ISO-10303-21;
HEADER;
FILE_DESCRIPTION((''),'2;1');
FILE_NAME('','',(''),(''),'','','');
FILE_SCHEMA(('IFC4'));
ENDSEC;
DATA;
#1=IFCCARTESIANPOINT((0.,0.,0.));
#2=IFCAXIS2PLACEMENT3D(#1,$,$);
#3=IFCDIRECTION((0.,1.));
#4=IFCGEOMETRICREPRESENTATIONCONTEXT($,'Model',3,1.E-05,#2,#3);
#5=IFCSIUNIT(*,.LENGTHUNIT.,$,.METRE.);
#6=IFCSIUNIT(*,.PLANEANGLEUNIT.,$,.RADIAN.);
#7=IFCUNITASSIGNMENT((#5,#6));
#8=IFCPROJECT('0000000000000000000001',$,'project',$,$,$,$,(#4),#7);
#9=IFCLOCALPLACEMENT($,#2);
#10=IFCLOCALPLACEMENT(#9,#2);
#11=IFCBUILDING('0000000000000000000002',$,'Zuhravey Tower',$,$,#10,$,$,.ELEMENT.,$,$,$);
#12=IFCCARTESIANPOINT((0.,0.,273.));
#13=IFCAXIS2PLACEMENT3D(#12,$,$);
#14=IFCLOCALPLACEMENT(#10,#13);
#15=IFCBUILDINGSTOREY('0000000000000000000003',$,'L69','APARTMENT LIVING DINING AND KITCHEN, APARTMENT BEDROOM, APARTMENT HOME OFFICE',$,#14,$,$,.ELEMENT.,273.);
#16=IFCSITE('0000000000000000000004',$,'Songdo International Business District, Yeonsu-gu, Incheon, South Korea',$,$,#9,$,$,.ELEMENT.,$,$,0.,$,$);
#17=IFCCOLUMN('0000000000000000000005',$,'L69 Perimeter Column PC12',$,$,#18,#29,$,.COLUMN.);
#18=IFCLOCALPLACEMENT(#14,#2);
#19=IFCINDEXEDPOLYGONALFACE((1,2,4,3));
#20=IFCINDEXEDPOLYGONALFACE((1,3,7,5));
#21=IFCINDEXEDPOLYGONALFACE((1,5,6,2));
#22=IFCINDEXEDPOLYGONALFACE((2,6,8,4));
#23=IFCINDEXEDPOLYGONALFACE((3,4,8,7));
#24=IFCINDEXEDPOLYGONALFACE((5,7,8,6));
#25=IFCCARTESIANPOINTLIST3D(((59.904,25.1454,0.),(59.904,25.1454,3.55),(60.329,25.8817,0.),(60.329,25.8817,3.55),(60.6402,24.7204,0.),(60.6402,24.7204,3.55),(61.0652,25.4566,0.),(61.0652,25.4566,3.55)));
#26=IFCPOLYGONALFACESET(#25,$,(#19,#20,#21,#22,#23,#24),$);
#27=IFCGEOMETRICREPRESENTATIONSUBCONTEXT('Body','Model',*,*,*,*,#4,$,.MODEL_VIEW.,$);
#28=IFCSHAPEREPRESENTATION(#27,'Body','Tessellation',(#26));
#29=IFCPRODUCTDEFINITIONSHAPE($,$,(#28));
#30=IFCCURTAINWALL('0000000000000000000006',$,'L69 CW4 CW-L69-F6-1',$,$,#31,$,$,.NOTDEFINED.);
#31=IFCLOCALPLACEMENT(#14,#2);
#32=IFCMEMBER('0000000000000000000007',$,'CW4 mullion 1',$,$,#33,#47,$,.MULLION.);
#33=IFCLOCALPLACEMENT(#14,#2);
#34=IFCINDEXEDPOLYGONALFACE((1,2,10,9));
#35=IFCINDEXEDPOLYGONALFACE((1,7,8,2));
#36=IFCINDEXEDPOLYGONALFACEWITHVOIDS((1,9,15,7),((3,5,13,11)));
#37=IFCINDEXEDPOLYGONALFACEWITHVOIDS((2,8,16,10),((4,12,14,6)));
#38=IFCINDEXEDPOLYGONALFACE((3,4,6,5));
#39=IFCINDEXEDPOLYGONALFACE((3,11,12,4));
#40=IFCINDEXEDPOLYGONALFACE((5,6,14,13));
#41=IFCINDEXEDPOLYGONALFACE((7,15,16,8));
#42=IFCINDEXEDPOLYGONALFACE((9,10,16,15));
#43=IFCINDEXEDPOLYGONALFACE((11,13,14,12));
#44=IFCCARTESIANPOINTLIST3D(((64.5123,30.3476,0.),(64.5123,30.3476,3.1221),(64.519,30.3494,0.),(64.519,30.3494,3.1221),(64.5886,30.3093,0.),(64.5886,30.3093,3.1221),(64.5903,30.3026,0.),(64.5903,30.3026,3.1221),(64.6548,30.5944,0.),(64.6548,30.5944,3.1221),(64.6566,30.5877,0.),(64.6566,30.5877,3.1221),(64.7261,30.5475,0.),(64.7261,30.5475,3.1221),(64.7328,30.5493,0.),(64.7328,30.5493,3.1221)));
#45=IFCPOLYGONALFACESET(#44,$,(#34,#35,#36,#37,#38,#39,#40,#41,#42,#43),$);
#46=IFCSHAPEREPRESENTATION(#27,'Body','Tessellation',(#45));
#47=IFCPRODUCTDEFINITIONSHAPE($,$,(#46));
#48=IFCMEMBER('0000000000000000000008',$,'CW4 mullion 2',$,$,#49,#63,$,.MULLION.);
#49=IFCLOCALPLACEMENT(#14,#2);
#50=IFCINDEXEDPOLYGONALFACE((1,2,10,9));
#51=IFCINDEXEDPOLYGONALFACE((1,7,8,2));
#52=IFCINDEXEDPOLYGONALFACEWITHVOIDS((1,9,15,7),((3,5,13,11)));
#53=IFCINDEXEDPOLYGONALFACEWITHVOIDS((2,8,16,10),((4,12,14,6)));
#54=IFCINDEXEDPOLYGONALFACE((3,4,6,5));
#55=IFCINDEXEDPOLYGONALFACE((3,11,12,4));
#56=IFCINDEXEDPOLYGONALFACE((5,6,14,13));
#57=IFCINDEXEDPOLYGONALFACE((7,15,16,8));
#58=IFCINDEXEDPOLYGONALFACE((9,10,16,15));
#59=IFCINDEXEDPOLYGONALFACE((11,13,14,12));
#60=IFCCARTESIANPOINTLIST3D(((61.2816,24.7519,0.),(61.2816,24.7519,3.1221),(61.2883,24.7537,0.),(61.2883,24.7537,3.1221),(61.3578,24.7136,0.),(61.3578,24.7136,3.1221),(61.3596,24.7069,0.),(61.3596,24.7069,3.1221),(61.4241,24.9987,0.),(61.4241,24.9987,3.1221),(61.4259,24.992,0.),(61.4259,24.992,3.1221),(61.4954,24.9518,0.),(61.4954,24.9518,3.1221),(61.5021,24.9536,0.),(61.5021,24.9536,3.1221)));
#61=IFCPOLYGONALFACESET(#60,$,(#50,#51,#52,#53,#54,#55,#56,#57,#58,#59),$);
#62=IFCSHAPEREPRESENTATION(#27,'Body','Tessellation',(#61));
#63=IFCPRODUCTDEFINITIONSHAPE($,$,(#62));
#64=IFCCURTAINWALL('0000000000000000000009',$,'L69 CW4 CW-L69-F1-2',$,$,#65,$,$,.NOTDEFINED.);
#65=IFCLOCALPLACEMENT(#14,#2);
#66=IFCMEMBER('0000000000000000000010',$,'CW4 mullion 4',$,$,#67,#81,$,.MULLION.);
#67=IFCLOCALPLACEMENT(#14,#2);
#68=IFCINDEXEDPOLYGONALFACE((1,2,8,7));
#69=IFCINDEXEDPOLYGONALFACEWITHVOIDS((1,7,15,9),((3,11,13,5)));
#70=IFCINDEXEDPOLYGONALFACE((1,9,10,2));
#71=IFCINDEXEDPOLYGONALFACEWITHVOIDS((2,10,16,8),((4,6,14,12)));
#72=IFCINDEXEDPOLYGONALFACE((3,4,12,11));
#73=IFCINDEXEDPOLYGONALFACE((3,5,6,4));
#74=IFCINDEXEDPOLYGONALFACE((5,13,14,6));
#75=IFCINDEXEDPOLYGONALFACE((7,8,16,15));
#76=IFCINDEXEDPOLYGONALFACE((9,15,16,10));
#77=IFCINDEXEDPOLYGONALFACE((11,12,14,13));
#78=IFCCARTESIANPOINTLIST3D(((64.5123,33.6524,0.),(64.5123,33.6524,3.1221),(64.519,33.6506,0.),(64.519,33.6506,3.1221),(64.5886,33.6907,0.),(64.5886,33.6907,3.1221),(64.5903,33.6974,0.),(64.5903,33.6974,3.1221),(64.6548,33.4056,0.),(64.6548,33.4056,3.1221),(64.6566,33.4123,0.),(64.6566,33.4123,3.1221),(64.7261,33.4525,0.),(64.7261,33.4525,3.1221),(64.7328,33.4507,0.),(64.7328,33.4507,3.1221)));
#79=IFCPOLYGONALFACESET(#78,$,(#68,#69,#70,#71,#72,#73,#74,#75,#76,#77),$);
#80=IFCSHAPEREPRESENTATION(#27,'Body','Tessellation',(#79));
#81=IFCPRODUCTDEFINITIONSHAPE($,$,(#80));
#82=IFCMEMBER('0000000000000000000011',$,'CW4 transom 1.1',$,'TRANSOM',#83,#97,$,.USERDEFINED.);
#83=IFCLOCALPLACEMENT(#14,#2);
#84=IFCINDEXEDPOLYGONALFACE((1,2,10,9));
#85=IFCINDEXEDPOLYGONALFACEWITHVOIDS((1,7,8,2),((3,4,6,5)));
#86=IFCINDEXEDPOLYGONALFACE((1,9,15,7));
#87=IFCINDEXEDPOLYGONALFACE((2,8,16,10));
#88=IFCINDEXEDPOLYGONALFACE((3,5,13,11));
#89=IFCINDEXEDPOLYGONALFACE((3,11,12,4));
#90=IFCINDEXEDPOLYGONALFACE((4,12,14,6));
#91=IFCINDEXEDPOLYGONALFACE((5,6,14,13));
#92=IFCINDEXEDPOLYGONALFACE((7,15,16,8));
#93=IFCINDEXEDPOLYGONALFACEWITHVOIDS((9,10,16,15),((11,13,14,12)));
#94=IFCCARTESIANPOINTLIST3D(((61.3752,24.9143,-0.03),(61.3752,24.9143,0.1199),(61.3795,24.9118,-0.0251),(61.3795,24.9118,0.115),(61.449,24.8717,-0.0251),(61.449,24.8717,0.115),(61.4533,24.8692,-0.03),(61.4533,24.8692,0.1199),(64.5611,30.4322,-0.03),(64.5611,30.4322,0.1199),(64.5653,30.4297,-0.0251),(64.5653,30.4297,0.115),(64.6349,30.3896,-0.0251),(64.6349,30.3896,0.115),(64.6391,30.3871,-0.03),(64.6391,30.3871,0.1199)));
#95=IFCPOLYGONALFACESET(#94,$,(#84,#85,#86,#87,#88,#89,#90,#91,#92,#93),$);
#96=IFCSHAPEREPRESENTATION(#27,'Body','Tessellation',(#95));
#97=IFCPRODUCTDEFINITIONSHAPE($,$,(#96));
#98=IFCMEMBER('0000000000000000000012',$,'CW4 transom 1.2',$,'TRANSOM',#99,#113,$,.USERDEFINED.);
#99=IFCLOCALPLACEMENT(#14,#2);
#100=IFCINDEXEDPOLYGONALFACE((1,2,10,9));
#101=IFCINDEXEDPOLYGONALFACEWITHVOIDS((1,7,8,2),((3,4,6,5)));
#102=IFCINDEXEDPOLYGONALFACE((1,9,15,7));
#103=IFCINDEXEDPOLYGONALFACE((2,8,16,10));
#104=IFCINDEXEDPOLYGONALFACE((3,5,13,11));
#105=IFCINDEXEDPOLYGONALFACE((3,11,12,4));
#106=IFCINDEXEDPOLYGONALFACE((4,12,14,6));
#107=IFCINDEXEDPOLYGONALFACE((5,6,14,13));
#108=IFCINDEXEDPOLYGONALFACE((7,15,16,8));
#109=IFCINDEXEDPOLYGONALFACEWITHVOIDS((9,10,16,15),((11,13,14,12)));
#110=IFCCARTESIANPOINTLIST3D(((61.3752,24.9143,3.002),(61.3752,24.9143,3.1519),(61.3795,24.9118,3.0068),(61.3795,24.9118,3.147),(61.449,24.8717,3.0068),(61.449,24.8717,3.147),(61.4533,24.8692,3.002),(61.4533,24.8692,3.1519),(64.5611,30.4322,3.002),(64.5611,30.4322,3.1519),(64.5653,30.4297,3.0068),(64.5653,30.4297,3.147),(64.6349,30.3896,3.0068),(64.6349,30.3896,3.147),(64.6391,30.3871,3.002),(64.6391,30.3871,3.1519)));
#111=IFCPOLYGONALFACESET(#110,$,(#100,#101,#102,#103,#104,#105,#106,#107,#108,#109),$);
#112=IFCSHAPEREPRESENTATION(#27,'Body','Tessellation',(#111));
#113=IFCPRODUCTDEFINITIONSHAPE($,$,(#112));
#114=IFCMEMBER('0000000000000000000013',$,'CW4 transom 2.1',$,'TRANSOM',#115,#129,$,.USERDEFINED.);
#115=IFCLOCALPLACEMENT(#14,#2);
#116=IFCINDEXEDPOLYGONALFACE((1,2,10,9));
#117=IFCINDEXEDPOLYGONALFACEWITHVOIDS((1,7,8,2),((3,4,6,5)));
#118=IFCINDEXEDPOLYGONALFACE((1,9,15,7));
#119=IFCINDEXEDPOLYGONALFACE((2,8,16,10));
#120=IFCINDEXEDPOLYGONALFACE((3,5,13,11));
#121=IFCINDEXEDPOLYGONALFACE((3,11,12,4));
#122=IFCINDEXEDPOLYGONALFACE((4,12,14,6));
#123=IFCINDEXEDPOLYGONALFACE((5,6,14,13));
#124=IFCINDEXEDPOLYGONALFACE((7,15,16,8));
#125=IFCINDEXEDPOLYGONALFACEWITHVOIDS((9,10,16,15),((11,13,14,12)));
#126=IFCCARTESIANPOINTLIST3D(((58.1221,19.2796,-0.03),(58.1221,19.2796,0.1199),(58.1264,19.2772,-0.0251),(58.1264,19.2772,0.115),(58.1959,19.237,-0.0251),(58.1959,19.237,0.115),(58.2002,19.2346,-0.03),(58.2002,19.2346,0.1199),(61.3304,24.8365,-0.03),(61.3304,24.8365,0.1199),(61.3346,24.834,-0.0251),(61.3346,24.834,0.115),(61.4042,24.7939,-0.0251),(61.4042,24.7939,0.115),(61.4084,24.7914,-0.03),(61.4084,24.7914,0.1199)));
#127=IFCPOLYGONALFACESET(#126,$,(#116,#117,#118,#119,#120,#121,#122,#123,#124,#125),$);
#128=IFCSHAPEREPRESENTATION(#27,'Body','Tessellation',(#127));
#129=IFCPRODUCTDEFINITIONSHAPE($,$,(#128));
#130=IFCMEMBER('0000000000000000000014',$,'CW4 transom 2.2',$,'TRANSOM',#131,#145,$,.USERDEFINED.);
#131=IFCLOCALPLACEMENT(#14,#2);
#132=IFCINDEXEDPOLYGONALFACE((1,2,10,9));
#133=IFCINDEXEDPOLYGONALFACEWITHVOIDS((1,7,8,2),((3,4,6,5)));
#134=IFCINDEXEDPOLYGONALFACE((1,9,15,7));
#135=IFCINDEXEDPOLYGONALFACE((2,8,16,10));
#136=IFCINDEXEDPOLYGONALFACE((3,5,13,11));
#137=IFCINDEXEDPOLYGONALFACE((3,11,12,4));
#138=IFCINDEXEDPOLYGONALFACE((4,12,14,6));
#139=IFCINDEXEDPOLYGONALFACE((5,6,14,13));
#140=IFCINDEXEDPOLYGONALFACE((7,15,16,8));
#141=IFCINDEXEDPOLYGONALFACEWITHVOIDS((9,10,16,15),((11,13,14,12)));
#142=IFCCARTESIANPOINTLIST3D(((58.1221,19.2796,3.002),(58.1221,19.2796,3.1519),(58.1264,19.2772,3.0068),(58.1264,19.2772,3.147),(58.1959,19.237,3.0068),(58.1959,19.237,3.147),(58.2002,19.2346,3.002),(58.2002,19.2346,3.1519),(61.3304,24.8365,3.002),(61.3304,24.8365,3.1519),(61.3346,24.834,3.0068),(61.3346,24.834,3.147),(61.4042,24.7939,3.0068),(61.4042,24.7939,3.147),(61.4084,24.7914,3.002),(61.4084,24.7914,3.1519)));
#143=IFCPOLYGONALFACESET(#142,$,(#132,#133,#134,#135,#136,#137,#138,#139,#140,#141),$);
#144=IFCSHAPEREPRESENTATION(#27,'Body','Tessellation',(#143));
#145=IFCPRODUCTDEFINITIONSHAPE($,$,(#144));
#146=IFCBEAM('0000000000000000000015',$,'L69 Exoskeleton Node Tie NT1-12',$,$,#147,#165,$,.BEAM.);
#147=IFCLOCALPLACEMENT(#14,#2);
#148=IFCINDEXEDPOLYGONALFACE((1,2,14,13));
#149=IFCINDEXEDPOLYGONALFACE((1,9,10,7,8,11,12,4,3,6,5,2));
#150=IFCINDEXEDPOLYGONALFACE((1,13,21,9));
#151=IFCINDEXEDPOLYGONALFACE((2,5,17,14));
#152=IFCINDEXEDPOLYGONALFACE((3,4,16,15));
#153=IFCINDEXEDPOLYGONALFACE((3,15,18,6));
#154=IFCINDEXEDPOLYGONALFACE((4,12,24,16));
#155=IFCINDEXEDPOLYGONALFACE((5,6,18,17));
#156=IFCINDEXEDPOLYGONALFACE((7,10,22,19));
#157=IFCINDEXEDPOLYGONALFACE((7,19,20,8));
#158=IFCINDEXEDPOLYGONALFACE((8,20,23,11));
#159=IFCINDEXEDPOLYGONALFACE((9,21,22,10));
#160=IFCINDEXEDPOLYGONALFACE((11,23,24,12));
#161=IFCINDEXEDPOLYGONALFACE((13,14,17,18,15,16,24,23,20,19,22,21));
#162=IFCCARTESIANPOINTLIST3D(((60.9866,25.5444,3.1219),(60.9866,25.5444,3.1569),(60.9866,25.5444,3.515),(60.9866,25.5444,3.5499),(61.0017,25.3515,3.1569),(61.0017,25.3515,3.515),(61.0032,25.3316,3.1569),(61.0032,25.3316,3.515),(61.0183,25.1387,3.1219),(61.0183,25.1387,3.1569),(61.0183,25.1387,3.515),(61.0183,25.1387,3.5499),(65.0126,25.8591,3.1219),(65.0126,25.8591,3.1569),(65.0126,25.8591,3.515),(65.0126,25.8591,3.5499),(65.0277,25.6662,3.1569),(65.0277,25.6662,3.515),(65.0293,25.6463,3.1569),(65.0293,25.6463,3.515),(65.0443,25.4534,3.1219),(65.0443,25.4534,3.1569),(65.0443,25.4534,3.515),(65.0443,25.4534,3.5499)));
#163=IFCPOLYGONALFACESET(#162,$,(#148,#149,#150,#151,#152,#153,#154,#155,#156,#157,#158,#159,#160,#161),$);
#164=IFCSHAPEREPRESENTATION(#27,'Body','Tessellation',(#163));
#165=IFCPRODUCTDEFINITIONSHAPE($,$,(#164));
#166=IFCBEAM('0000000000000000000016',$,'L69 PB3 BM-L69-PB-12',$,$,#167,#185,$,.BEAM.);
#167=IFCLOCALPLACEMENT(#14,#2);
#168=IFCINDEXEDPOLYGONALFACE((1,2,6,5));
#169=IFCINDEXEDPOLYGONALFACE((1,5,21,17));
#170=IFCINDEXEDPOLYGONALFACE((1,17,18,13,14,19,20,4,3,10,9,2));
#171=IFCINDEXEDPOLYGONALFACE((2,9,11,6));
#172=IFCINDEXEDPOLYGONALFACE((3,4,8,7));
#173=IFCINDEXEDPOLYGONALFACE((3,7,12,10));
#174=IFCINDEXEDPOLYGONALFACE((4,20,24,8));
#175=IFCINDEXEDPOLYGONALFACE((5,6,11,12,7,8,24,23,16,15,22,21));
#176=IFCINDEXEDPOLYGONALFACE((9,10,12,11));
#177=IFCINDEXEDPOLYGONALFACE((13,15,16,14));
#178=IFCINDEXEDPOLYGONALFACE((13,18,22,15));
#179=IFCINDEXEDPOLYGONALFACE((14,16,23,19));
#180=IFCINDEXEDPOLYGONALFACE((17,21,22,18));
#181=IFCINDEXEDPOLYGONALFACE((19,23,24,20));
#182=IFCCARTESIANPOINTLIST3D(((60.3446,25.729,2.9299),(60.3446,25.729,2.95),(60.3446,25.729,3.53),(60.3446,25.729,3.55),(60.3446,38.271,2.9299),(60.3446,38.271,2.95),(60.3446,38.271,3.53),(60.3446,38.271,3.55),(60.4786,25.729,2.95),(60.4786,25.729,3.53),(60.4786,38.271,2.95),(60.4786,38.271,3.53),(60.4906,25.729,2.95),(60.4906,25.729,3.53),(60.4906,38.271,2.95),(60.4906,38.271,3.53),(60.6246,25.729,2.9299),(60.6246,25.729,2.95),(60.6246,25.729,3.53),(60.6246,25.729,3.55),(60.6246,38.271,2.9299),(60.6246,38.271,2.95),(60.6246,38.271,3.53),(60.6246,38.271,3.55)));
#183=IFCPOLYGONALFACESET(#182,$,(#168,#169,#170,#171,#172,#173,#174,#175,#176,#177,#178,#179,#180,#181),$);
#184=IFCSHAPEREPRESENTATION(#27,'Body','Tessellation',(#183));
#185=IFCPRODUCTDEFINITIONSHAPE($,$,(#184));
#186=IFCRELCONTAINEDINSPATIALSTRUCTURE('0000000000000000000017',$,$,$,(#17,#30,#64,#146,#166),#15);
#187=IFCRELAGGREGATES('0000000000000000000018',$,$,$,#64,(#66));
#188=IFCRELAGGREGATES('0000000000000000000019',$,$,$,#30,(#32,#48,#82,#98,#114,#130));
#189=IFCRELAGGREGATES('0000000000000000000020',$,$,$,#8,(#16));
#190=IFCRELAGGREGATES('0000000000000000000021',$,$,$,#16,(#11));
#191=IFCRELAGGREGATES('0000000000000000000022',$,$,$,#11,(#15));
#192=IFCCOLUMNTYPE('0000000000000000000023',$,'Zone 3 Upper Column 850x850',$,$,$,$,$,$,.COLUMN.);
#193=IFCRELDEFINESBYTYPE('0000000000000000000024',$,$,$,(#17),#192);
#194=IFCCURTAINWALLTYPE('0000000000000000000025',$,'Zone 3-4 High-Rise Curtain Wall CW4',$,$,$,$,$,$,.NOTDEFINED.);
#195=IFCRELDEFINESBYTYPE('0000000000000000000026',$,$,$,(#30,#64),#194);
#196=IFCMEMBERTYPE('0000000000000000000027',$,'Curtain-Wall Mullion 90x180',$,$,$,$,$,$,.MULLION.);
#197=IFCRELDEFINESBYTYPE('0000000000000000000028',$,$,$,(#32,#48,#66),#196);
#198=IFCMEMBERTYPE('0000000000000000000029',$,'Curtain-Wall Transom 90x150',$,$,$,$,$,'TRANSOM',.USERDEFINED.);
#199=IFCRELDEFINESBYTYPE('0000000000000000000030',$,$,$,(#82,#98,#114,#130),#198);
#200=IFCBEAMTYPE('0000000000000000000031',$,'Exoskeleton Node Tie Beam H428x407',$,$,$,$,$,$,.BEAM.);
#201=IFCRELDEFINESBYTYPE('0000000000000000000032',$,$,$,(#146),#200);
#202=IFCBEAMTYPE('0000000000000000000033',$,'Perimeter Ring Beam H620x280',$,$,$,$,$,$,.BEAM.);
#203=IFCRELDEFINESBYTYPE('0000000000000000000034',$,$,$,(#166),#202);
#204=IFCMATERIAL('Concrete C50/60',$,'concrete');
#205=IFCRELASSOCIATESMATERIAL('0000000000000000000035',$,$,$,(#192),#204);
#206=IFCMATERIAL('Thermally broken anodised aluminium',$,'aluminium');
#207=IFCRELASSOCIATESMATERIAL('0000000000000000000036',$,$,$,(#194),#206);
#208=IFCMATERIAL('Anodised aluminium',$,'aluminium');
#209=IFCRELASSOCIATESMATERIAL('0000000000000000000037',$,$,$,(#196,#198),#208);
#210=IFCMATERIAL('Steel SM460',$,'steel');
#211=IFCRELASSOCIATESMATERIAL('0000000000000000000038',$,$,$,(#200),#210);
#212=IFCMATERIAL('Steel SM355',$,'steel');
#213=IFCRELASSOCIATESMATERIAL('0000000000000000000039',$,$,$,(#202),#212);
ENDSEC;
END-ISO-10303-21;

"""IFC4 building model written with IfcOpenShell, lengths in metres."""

from ifc_helpers import new_model, si_unit, direction, frame, origin, origin_2d, place, context, subcontext, project, spatial, rectangle, hollow_rectangle, i_section, extrude, material, material_profile, profile_set, type_object, element, aggregate, save


model = new_model("IFC4")

# Units and contexts
model_context = context("Model", 3, precision=1e-05, world=origin(), true_north=direction((0.0, 1.0)))
body_context = subcontext(model_context, "Body", "Model", "MODEL_VIEW")
ifc_project = project(units=[si_unit("LENGTHUNIT", "METRE"), si_unit("PLANEANGLEUNIT", "RADIAN")], contexts=[model_context])

# Site, building, storey
site_placement = place(None, origin())
site = spatial("IfcSite", under=ifc_project, at=site_placement, Name="Songdo International Business District, Yeonsu-gu, Incheon, South Korea", CompositionType="ELEMENT", RefElevation=0.0)
building_placement = place(site_placement, origin())
building = spatial("IfcBuilding", under=site, at=building_placement, Name="Zuhravey Tower", CompositionType="ELEMENT")
storey_placement = place(building_placement, frame((0.0, 0.0, 273.0)))
storey = spatial("IfcBuildingStorey", under=building, at=storey_placement, Name="L69", Description="APARTMENT LIVING DINING AND KITCHEN, APARTMENT BEDROOM, APARTMENT HOME OFFICE", CompositionType="ELEMENT", Elevation=273.0)

# Column
ifc_material_1 = material(Name="Concrete C50/60", Category="concrete")
ifc_material_profile_1 = material_profile(ifc_material_1, rectangle(XDim=0.8501, YDim=0.8501, at=origin_2d()), Name="RC-850x850")
ifc_profile_set_1 = profile_set([ifc_material_profile_1], Name="Concrete C50/60")
column_type = type_object("IfcColumnType", Name="Zone 3 Upper Column 850x850", PredefinedType="COLUMN", material=ifc_profile_set_1)
column_placement = place(storey_placement, frame((60.4846, 25.301, 0.0), z_axis=(0.0, 0.0, 1.0), x_axis=(0.5, 0.866025, 0.0)))
element("IfcColumn", 1, at=column_placement, inside=storey, type_object=column_type, Name="L69 Perimeter Column PC12", PredefinedType="COLUMN", context=body_context, shape_type="SweptSolid", body=[
    extrude(rectangle(XDim=0.8501, YDim=0.8501, at=origin_2d()), origin(), (0.0, 0.0, 1.0), 3.55),
])

# Curtain wall, members
ifc_material_2 = material(Name="Thermally broken anodised aluminium", Category="aluminium")
curtain_wall_type = type_object("IfcCurtainWallType", Name="Zone 3-4 High-Rise Curtain Wall CW4", PredefinedType="NOTDEFINED", material=ifc_material_2)
curtain_wall_1_placement = place(storey_placement, origin())
curtain_wall_1 = element("IfcCurtainWall", 2, at=curtain_wall_1_placement, inside=storey, type_object=curtain_wall_type, Name="L69 CW4 CW-L69-F6-1", PredefinedType="NOTDEFINED")
ifc_material_3 = material(Name="Anodised aluminium", Category="aluminium")
ifc_material_profile_2 = material_profile(ifc_material_3, hollow_rectangle(XDim=0.0901, YDim=0.2849, WallThickness=0.0049, at=origin_2d()), Name="ALU-RHS-90x285x5")
ifc_profile_set_2 = profile_set([ifc_material_profile_2], Name="Anodised aluminium")
member_type_1 = type_object("IfcMemberType", Name="Curtain-Wall Mullion 90x180", PredefinedType="MULLION", material=ifc_profile_set_2)
member_1_placement = place(storey_placement, frame((64.6226, 30.4485, 0.0), z_axis=(0.0, 0.0, 1.0), x_axis=(0.866025, -0.500001, 0.0)))
member_1 = element("IfcMember", 3, at=member_1_placement, type_object=member_type_1, Name="CW4 mullion 1", PredefinedType="MULLION", context=body_context, shape_type="SweptSolid", body=[
    extrude(hollow_rectangle(XDim=0.0901, YDim=0.2849, WallThickness=0.0049, at=origin_2d()), origin(), (0.0, 0.0, 1.0), 3.1221),
])
member_2_placement = place(storey_placement, frame((61.3918, 24.8528, 0.0), z_axis=(0.0, 0.0, 1.0), x_axis=(0.866025, -0.500001, 0.0)))
member_2 = element("IfcMember", 4, at=member_2_placement, type_object=member_type_1, Name="CW4 mullion 2", PredefinedType="MULLION", context=body_context, shape_type="SweptSolid", body=[
    extrude(hollow_rectangle(XDim=0.0901, YDim=0.2849, WallThickness=0.0049, at=origin_2d()), origin(), (0.0, 0.0, 1.0), 3.1221),
])

# Curtain wall, member
curtain_wall_2_placement = place(storey_placement, origin())
curtain_wall_2 = element("IfcCurtainWall", 5, at=curtain_wall_2_placement, inside=storey, type_object=curtain_wall_type, Name="L69 CW4 CW-L69-F1-2", PredefinedType="NOTDEFINED")
member_3_placement = place(storey_placement, frame((64.6226, 33.5515, 0.0), z_axis=(0.0, 0.0, 1.0), x_axis=(0.866026, 0.5, 0.0)))
member_3 = element("IfcMember", 6, at=member_3_placement, type_object=member_type_1, Name="CW4 mullion 4", PredefinedType="MULLION", context=body_context, shape_type="SweptSolid", body=[
    extrude(hollow_rectangle(XDim=0.0901, YDim=0.2849, WallThickness=0.0049, at=origin_2d()), origin(), (0.0, 0.0, 1.0), 3.1221),
])
aggregate(curtain_wall_2, [member_3])

# Members
ifc_material_profile_3 = material_profile(ifc_material_3, hollow_rectangle(XDim=0.0901, YDim=0.1499, WallThickness=0.0049, at=origin_2d()), Name="ALU-RHS-90x150x5")
ifc_profile_set_3 = profile_set([ifc_material_profile_3], Name="Anodised aluminium")
member_type_2 = type_object("IfcMemberType", Name="Curtain-Wall Transom 90x150", ElementType="TRANSOM", PredefinedType="USERDEFINED", material=ifc_profile_set_3)
member_4_placement = place(storey_placement, frame((64.6001, 30.4097, 0.0449), z_axis=(-0.500009, -0.86602, 0.0), x_axis=(0.86602, -0.500009, 0.0)))
member_4 = element("IfcMember", 7, at=member_4_placement, type_object=member_type_2, Name="CW4 transom 1.1", ObjectType="TRANSOM", PredefinedType="USERDEFINED", context=body_context, shape_type="SweptSolid", body=[
    extrude(hollow_rectangle(XDim=0.0901, YDim=0.1499, WallThickness=0.0049, at=origin_2d()), origin(), (0.0, 0.0, 1.0), 6.3716),
])
member_5_placement = place(storey_placement, frame((64.6001, 30.4097, 3.0769), z_axis=(-0.500009, -0.86602, 0.0), x_axis=(0.86602, -0.500009, 0.0)))
member_5 = element("IfcMember", 8, at=member_5_placement, type_object=member_type_2, Name="CW4 transom 1.2", ObjectType="TRANSOM", PredefinedType="USERDEFINED", context=body_context, shape_type="SweptSolid", body=[
    extrude(hollow_rectangle(XDim=0.0901, YDim=0.1499, WallThickness=0.0049, at=origin_2d()), origin(), (0.0, 0.0, 1.0), 6.3716),
])
member_6_placement = place(storey_placement, frame((61.3694, 24.814, 0.0449), z_axis=(-0.499998, -0.866027, 0.0), x_axis=(0.866027, -0.499998, 0.0)))
member_6 = element("IfcMember", 9, at=member_6_placement, type_object=member_type_2, Name="CW4 transom 2.1", ObjectType="TRANSOM", PredefinedType="USERDEFINED", context=body_context, shape_type="SweptSolid", body=[
    extrude(hollow_rectangle(XDim=0.0901, YDim=0.1499, WallThickness=0.0049, at=origin_2d()), origin(), (0.0, 0.0, 1.0), 6.4165),
])
member_7_placement = place(storey_placement, frame((61.3694, 24.814, 3.0769), z_axis=(-0.499998, -0.866027, 0.0), x_axis=(0.866027, -0.499998, 0.0)))
member_7 = element("IfcMember", 10, at=member_7_placement, type_object=member_type_2, Name="CW4 transom 2.2", ObjectType="TRANSOM", PredefinedType="USERDEFINED", context=body_context, shape_type="SweptSolid", body=[
    extrude(hollow_rectangle(XDim=0.0901, YDim=0.1499, WallThickness=0.0049, at=origin_2d()), origin(), (0.0, 0.0, 1.0), 6.4165),
])

# Beams
ifc_material_4 = material(Name="Steel SM460", Category="steel")
ifc_material_profile_4 = material_profile(ifc_material_4, i_section(OverallWidth=0.407, OverallDepth=0.428, WebThickness=0.02, FlangeThickness=0.0349, at=origin_2d()), Name="H-428x407x20x35")
ifc_profile_set_4 = profile_set([ifc_material_profile_4], Name="Steel SM460")
beam_type_1 = type_object("IfcBeamType", Name="Exoskeleton Node Tie Beam H428x407", PredefinedType="BEAM", material=ifc_profile_set_4)
beam_1_placement = place(storey_placement, frame((61.0024, 25.3416, 3.3359), z_axis=(0.996959, 0.077926, 0.0), x_axis=(-0.077926, 0.996959, 0.0)))
element("IfcBeam", 11, at=beam_1_placement, inside=storey, type_object=beam_type_1, Name="L69 Exoskeleton Node Tie NT1-12", PredefinedType="BEAM", context=body_context, shape_type="SweptSolid", body=[
    extrude(i_section(OverallWidth=0.407, OverallDepth=0.428, WebThickness=0.02, FlangeThickness=0.0349, at=origin_2d()), origin(), (0.0, 0.0, 1.0), 4.0383),
])
ifc_material_5 = material(Name="Steel SM355", Category="steel")
ifc_material_profile_5 = material_profile(ifc_material_5, i_section(OverallWidth=0.28, OverallDepth=0.6201, WebThickness=0.012, FlangeThickness=0.02, at=origin_2d()), Name="H-620x280x12x20")
ifc_profile_set_5 = profile_set([ifc_material_profile_5], Name="Steel SM355")
beam_type_2 = type_object("IfcBeamType", Name="Perimeter Ring Beam H620x280", PredefinedType="BEAM", material=ifc_profile_set_5)
beam_2_placement = place(storey_placement, frame((60.4846, 25.729, 3.24), z_axis=(0.0, 1.0, 0.0), x_axis=(-1.0, 0.0, 0.0)))
element("IfcBeam", 12, at=beam_2_placement, inside=storey, type_object=beam_type_2, Name="L69 PB3 BM-L69-PB-12", PredefinedType="BEAM", context=body_context, shape_type="SweptSolid", body=[
    extrude(i_section(OverallWidth=0.28, OverallDepth=0.6201, WebThickness=0.012, FlangeThickness=0.02, at=origin_2d()), origin(), (0.0, 0.0, 1.0), 12.542),
])

aggregate(curtain_wall_1, [member_1, member_2, member_4, member_5, member_6, member_7])

save(model, "model.ifc")
